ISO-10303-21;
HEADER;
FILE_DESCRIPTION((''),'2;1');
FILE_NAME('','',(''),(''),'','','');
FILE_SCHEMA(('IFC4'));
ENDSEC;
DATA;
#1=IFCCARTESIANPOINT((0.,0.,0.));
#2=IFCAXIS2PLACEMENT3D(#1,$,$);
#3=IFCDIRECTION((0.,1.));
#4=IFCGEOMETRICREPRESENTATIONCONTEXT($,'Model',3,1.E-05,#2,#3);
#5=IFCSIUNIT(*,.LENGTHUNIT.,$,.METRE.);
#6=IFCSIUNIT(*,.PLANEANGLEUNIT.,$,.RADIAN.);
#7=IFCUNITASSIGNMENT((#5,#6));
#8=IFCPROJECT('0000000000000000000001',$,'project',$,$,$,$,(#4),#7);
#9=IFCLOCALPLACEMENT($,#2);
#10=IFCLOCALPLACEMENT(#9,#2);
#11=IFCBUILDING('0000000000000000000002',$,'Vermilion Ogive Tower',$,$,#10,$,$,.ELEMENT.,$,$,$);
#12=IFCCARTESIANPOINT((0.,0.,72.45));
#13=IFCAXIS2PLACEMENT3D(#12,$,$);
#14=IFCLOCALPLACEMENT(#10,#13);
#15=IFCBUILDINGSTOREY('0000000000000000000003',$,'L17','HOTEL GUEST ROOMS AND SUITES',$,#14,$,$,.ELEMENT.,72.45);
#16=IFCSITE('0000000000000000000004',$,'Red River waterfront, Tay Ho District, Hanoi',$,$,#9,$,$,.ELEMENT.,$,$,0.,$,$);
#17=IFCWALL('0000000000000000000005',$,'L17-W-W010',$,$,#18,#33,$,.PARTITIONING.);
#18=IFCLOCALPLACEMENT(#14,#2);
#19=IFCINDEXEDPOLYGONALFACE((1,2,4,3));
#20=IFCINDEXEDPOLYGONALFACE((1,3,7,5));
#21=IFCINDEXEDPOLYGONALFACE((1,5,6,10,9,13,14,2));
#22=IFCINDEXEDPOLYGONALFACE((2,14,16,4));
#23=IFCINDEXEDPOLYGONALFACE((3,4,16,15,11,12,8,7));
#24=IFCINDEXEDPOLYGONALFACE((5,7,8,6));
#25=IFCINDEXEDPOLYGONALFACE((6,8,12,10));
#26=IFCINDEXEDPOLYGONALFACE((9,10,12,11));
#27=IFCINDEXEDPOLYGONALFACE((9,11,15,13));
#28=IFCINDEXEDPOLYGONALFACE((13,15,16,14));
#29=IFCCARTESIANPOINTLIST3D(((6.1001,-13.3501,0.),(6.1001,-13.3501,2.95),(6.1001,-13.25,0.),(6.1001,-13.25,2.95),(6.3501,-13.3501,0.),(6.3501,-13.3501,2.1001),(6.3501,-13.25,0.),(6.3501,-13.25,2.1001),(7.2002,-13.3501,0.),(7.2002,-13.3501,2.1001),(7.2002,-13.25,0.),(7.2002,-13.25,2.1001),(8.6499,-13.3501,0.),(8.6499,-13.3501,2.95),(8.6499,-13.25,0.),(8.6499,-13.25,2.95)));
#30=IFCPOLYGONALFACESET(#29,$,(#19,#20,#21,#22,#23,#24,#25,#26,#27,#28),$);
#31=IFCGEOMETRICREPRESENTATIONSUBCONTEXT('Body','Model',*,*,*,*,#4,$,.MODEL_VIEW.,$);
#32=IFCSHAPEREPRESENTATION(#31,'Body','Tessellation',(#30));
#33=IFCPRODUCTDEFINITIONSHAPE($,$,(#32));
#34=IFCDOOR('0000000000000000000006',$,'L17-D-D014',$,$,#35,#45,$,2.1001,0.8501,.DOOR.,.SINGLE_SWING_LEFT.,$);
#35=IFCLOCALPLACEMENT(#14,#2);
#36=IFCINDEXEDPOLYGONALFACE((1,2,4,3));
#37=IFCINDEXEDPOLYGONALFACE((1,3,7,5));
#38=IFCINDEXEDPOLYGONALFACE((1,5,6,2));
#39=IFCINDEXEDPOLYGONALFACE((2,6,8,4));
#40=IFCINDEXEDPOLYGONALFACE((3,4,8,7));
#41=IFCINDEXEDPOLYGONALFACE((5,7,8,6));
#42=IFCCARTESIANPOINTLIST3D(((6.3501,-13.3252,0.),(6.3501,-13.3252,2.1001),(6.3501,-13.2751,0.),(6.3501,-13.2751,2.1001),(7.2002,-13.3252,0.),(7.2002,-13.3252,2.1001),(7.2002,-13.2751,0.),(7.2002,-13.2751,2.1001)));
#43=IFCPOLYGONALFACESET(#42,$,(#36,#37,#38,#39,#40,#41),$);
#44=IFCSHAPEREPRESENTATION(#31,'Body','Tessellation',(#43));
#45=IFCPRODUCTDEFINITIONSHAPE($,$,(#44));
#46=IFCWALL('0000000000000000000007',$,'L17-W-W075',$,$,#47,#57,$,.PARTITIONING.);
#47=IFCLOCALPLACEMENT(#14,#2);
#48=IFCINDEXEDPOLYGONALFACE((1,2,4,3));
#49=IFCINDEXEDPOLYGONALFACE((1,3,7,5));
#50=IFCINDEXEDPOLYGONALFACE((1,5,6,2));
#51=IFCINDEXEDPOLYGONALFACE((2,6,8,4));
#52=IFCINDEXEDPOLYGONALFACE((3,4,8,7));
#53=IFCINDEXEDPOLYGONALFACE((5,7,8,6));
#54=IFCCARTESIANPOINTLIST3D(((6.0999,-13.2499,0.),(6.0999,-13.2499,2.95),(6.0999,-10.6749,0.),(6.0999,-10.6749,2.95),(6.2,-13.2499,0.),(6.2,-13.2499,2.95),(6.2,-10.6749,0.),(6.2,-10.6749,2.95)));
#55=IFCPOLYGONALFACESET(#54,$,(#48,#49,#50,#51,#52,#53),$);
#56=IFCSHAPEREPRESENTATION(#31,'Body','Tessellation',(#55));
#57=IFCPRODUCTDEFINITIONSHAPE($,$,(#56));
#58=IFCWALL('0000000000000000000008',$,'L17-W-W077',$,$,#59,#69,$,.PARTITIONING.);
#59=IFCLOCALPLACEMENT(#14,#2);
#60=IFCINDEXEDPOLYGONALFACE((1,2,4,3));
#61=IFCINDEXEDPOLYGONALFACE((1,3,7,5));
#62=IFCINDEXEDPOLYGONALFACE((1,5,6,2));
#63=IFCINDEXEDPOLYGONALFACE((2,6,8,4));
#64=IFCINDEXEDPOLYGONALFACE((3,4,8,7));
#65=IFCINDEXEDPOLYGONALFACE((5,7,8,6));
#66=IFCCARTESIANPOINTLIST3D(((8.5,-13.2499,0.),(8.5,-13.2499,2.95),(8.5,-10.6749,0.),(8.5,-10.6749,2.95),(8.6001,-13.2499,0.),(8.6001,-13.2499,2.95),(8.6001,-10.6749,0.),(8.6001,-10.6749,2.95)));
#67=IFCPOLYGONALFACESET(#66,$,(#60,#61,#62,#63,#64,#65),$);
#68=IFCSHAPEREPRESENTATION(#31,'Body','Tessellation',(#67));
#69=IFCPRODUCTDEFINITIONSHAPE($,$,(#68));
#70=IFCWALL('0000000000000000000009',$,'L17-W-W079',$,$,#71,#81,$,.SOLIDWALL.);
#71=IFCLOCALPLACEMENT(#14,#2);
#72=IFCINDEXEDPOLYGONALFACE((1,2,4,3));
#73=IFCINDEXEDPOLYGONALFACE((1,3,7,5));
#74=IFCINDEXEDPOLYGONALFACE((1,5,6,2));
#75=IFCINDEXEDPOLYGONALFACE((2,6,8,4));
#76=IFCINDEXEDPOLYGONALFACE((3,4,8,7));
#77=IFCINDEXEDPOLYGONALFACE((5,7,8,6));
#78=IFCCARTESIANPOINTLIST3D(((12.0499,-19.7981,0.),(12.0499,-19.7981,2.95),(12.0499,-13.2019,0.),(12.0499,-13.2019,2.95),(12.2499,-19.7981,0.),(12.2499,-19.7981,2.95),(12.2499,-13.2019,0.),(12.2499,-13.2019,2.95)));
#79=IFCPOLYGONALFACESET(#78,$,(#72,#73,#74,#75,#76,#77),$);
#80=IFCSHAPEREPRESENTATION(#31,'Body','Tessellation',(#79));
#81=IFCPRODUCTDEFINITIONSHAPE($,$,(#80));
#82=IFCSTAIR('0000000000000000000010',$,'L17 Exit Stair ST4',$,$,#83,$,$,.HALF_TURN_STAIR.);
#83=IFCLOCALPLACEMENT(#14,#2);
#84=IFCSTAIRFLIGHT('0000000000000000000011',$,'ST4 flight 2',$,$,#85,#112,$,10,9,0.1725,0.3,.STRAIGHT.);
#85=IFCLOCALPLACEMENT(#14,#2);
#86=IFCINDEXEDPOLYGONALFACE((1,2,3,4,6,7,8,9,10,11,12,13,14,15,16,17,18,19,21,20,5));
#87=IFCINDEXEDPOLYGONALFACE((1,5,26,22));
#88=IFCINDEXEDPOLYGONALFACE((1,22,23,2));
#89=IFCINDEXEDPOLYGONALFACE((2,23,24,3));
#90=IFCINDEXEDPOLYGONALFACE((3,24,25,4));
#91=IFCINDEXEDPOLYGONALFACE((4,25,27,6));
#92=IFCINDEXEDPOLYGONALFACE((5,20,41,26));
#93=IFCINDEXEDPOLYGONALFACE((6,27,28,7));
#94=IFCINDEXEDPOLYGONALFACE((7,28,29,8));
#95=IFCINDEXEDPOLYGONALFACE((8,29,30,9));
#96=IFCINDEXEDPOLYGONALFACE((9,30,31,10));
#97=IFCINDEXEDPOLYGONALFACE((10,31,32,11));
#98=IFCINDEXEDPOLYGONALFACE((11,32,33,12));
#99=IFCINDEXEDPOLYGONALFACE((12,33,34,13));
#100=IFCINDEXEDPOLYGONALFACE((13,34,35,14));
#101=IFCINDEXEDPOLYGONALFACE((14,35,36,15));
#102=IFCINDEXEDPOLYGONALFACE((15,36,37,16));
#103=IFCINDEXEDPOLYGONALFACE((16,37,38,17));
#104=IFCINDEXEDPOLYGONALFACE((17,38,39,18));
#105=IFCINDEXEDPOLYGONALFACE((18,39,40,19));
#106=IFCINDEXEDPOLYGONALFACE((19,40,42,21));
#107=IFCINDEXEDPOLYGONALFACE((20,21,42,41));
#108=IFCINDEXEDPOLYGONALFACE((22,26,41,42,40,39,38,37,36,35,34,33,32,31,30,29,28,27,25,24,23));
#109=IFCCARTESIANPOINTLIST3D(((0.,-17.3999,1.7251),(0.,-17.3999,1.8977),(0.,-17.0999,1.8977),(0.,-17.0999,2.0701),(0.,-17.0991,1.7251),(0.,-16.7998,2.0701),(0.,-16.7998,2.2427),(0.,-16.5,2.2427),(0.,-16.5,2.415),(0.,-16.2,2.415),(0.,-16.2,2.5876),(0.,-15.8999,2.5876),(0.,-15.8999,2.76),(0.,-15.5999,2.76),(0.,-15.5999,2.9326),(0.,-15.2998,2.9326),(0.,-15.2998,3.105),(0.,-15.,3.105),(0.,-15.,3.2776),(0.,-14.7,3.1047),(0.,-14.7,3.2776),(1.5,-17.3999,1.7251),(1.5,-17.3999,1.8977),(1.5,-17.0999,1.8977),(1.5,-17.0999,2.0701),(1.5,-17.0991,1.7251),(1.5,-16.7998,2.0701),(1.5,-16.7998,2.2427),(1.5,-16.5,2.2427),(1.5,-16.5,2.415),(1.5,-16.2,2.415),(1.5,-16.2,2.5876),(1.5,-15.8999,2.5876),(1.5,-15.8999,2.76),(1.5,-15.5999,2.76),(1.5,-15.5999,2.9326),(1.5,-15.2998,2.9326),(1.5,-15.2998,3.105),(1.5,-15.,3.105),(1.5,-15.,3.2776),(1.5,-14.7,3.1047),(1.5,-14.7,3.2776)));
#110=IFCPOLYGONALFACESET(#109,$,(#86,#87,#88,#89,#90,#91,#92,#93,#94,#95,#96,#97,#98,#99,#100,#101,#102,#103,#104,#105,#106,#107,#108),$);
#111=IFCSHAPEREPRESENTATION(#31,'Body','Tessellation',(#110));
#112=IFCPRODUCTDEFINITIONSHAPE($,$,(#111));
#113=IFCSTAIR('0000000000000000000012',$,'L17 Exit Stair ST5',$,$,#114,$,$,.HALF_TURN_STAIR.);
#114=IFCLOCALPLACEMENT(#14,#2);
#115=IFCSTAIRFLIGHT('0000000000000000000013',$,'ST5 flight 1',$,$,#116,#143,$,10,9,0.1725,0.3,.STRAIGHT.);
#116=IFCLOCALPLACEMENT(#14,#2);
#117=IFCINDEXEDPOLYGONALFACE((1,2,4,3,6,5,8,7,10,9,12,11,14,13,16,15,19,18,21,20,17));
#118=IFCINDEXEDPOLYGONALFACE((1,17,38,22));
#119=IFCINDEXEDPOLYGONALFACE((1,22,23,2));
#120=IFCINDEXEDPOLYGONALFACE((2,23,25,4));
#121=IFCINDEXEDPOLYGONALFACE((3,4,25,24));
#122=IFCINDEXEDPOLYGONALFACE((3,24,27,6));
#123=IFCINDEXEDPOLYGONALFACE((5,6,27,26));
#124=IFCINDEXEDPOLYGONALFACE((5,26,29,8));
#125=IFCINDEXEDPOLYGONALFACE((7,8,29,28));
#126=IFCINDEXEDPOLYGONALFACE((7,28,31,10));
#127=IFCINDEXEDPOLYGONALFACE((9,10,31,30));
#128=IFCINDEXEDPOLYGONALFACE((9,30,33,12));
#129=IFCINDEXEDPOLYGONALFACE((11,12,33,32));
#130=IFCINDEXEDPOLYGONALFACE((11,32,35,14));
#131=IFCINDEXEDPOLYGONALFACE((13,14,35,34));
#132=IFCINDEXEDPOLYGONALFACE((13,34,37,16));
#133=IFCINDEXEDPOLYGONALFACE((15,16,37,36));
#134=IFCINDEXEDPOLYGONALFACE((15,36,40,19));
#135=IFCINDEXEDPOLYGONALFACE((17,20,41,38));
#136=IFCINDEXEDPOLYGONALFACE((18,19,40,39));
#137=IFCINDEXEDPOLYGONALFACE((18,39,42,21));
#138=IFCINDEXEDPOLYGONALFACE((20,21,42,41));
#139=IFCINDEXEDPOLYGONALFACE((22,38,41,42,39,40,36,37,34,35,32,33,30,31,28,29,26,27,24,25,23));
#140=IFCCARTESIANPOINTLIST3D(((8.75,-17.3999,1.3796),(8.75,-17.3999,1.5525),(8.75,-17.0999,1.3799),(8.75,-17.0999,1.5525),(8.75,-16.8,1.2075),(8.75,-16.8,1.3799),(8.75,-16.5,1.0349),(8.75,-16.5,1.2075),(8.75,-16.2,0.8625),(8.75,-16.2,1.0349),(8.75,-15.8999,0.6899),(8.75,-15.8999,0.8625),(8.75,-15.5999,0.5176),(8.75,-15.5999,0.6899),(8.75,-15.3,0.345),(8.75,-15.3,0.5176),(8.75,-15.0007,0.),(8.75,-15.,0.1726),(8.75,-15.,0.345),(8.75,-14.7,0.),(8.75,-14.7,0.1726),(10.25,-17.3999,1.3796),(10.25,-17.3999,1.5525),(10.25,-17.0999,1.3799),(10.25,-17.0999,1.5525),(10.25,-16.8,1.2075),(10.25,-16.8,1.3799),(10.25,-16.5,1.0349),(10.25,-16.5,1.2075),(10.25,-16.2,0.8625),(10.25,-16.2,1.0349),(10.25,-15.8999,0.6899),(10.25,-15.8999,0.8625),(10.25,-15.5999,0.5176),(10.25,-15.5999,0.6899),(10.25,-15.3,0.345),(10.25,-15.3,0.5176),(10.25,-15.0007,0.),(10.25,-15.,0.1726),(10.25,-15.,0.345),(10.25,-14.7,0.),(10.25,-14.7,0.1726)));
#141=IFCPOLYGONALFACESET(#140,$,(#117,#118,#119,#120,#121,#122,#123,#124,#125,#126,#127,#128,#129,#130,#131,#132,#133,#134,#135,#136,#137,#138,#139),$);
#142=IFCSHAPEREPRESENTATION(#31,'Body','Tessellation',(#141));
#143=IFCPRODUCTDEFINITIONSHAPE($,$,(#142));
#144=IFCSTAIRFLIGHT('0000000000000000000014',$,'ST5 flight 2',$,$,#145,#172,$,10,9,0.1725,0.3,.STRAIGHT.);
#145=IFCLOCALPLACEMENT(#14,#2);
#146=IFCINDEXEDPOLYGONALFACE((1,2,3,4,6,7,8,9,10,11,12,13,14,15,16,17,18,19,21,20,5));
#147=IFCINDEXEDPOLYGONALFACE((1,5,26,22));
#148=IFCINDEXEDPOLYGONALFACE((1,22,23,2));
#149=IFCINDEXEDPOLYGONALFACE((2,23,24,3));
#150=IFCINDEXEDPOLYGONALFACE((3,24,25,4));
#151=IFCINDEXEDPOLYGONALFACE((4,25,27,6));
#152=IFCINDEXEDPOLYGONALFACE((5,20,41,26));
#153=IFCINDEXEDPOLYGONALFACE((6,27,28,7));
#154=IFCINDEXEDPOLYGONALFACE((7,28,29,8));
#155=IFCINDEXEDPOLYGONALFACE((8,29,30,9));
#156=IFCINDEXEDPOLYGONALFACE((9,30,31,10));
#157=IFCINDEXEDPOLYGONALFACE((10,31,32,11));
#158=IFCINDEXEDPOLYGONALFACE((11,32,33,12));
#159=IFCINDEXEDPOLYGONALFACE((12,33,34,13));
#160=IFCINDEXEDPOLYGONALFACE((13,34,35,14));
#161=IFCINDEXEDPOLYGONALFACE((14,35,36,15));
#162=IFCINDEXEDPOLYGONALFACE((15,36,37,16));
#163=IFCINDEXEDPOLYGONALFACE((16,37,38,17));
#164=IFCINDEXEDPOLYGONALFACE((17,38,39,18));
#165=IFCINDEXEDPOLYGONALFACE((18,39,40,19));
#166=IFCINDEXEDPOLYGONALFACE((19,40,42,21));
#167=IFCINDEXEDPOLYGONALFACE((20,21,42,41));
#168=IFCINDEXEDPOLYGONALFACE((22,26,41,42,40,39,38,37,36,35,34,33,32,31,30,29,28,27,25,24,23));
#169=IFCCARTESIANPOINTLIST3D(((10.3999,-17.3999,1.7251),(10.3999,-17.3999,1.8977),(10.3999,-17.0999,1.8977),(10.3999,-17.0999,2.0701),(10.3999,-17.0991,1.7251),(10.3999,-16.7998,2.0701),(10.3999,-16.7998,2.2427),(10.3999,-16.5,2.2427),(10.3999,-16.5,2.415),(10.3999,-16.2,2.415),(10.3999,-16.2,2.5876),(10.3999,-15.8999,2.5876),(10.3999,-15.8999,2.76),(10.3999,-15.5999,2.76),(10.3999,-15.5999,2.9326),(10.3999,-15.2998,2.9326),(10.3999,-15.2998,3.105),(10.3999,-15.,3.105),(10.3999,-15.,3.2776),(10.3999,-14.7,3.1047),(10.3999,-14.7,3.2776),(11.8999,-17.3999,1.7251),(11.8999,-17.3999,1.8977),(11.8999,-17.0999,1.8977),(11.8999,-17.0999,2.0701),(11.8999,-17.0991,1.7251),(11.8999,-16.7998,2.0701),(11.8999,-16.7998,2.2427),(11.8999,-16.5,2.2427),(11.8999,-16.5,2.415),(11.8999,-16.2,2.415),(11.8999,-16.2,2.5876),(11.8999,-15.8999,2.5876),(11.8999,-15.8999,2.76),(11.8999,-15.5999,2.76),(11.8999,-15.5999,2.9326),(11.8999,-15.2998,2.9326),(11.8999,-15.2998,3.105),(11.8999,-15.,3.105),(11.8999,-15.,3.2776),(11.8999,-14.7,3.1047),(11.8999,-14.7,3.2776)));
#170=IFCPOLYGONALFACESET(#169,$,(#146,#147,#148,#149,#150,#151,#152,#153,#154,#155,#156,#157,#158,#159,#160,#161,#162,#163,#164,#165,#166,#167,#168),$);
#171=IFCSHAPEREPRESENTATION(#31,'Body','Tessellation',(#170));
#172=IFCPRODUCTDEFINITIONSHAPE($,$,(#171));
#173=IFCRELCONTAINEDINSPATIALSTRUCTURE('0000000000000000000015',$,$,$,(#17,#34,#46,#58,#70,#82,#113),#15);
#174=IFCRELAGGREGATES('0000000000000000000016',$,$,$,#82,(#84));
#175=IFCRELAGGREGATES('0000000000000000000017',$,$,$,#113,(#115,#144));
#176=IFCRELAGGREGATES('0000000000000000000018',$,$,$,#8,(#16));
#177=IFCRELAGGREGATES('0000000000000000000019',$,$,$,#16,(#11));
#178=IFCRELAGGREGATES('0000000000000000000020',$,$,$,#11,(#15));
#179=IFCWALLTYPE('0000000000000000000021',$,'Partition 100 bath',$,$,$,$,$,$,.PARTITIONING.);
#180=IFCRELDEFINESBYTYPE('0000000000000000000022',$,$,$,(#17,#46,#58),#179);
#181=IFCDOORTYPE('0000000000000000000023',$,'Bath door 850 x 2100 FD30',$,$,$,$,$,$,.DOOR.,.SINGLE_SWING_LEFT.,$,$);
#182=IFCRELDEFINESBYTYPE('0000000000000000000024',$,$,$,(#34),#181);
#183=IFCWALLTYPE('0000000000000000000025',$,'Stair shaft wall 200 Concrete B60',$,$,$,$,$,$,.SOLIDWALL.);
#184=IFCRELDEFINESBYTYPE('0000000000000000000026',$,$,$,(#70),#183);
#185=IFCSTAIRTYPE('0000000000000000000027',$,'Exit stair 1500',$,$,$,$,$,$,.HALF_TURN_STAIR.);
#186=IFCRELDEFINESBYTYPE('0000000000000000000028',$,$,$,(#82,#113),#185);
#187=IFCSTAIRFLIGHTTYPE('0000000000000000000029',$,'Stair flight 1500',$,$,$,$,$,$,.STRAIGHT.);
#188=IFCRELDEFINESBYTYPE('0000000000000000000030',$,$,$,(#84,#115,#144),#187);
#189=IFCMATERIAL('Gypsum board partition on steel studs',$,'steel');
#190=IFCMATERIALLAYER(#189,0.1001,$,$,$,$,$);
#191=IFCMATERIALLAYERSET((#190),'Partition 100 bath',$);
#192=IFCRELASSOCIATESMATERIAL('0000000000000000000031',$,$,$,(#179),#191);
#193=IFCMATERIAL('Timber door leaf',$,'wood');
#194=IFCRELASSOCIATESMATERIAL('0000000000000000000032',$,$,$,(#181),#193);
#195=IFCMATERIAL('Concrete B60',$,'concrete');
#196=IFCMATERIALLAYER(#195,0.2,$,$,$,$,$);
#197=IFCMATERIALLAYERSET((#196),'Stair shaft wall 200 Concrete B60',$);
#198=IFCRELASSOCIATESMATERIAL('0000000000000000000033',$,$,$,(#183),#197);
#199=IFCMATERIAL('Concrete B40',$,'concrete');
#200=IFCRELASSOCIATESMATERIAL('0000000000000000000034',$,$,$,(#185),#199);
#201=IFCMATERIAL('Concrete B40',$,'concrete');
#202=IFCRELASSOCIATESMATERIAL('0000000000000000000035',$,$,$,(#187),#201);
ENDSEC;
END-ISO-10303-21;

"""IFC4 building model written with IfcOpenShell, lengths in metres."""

from ifc_helpers import new_model, si_unit, direction, frame, frame_2d, origin, place, context, subcontext, project, spatial, polyline, rectangle, outline, extrude, material, layer, layer_set, type_object, element, fill, aggregate, save


model = new_model("IFC4")

# Units and contexts
model_context = context("Model", 3, precision=1e-05, world=origin(), true_north=direction((0.0, 1.0)))
body_context = subcontext(model_context, "Body", "Model", "MODEL_VIEW")
ifc_project = project(units=[si_unit("LENGTHUNIT", "METRE"), si_unit("PLANEANGLEUNIT", "RADIAN")], contexts=[model_context])

# Site, building, storey
site_placement = place(None, origin())
site = spatial("IfcSite", under=ifc_project, at=site_placement, Name="Red River waterfront, Tay Ho District, Hanoi", CompositionType="ELEMENT", RefElevation=0.0)
building_placement = place(site_placement, origin())
building = spatial("IfcBuilding", under=site, at=building_placement, Name="Vermilion Ogive Tower", CompositionType="ELEMENT")
storey_placement = place(building_placement, frame((0.0, 0.0, 72.45)))
storey = spatial("IfcBuildingStorey", under=building, at=storey_placement, Name="L17", Description="HOTEL GUEST ROOMS AND SUITES", CompositionType="ELEMENT", Elevation=72.45)

# Wall, opening, door
ifc_material_1 = material(Name="Gypsum board partition on steel studs", Category="steel")
ifc_layer_1 = layer(ifc_material_1, 0.1001)
ifc_layer_set_1 = layer_set([ifc_layer_1], Name="Partition 100 bath")
wall_type_1 = type_object("IfcWallType", Name="Partition 100 bath", PredefinedType="PARTITIONING", material=ifc_layer_set_1)
wall_1_placement = place(storey_placement, frame((6.1001, -13.3, 0.0), z_axis=(0.0, 0.0, 1.0), x_axis=(1.0, 0.0, 0.0)))
wall_1 = element("IfcWall", 1, at=wall_1_placement, inside=storey, type_object=wall_type_1, Name="L17-W-W010", PredefinedType="PARTITIONING", context=body_context, shape_type="SweptSolid", body=[
    extrude(rectangle(XDim=2.5498, YDim=0.1001, at=frame_2d((1.2749, 0.0))), origin(), (0.0, 0.0, 1.0), 2.95),
])
opening_placement = place(wall_1_placement, frame((0.25, 0.0, 0.0)))
opening = element("IfcOpeningElement", 2, at=opening_placement, cuts=wall_1, PredefinedType="OPENING", context=body_context, shape_type="SweptSolid", body=[
    extrude(rectangle(XDim=0.8501, YDim=2.1001, at=frame_2d((0.425, 1.05))), frame((0.0, 0.0601, 0.0), z_axis=(0.0, -1.0, 0.0), x_axis=(1.0, 0.0, 0.0)), (0.0, 0.0, 1.0), 0.1201),
])
ifc_material_2 = material(Name="Timber door leaf", Category="wood")
door_type = type_object("IfcDoorType", Name="Bath door 850 x 2100 FD30", OperationType="SINGLE_SWING_LEFT", PredefinedType="DOOR", material=ifc_material_2)
door_placement = place(opening_placement, origin())
door = element("IfcDoor", 3, at=door_placement, inside=storey, type_object=door_type, Name="L17-D-D014", OperationType="SINGLE_SWING_LEFT", OverallHeight=2.1001, OverallWidth=0.8501, PredefinedType="DOOR", context=body_context, shape_type="SweptSolid", body=[
    extrude(rectangle(XDim=0.8501, YDim=2.1001, at=frame_2d((0.425, 1.05))), frame((0.0, 0.0249, 0.0), z_axis=(0.0, -1.0, 0.0), x_axis=(1.0, 0.0, 0.0)), (0.0, 0.0, 1.0), 0.05),
])
fill(opening, door)

# Walls
for number, where, z_axis, x_axis, name in (
    (4, (6.1499, -13.25, 0.0), (0.0, 0.0, 1.0), (0.0, 1.0, 0.0), "L17-W-W075"),
    (5, (8.55, -13.25, 0.0), (0.0, 0.0, 1.0), (0.0, 1.0, 0.0), "L17-W-W077"),
):
    element("IfcWall", number, at=place(storey_placement, frame(where, z_axis=z_axis, x_axis=x_axis)), inside=storey, type_object=wall_type_1, Name=name, PredefinedType="PARTITIONING", context=body_context, shape_type="SweptSolid", body=[
        extrude(rectangle(XDim=2.575, YDim=0.1001, at=frame_2d((1.2876, 0.0))), origin(), (0.0, 0.0, 1.0), 2.95),
    ])
ifc_material_3 = material(Name="Concrete B60", Category="concrete")
ifc_layer_2 = layer(ifc_material_3, 0.2)
ifc_layer_set_2 = layer_set([ifc_layer_2], Name="Stair shaft wall 200 Concrete B60")
wall_type_2 = type_object("IfcWallType", Name="Stair shaft wall 200 Concrete B60", PredefinedType="SOLIDWALL", material=ifc_layer_set_2)
wall_2_placement = place(storey_placement, frame((12.1499, -19.7981, 0.0), z_axis=(0.0, 0.0, 1.0), x_axis=(0.0, 1.0, 0.0)))
element("IfcWall", 6, at=wall_2_placement, inside=storey, type_object=wall_type_2, Name="L17-W-W079", PredefinedType="SOLIDWALL", context=body_context, shape_type="SweptSolid", body=[
    extrude(rectangle(XDim=6.5962, YDim=0.2, at=frame_2d((3.2981, 0.0))), origin(), (0.0, 0.0, 1.0), 2.95),
])

# Stair, stair flight
ifc_material_4 = material(Name="Concrete B40", Category="concrete")
stair_type = type_object("IfcStairType", Name="Exit stair 1500", PredefinedType="HALF_TURN_STAIR", material=ifc_material_4)
stair_1_placement = place(storey_placement, origin())
stair_1 = element("IfcStair", 7, at=stair_1_placement, inside=storey, type_object=stair_type, Name="L17 Exit Stair ST4", PredefinedType="HALF_TURN_STAIR")
ifc_material_5 = material(Name="Concrete B40", Category="concrete")
stair_flight_type = type_object("IfcStairFlightType", Name="Stair flight 1500", PredefinedType="STRAIGHT", material=ifc_material_5)
stair_flight_1_placement = place(storey_placement, frame((0.75, -17.3999, 1.7251), z_axis=(0.0, 0.0, 1.0), x_axis=(0.0, 1.0, 0.0)))
stair_flight_1 = element("IfcStairFlight", 8, at=stair_flight_1_placement, type_object=stair_flight_type, Name="ST4 flight 2", NumberOfRisers=10, NumberOfTreads=9, PredefinedType="STRAIGHT", RiserHeight=0.1725, TreadLength=0.3, context=body_context, shape_type="SweptSolid", body=[
    extrude(outline(polyline([(0.0, 0.0), (0.0, 0.1726), (0.3, 0.1726), (0.3, 0.345), (0.6001, 0.345), (0.6001, 0.5176), (0.8999, 0.5176), (0.8999, 0.6899), (1.2, 0.6899), (1.2, 0.8625), (1.5, 0.8625), (1.5, 1.0349), (1.8, 1.0349), (1.8, 1.2075), (2.1001, 1.2075), (2.1001, 1.3799), (2.3999, 1.3799), (2.3999, 1.5525), (2.7, 1.5525), (2.7, 1.7251), (2.7, 1.3796), (0.3008, 0.0), (0.0, 0.0)])), frame((0.0, 0.75, 0.0), z_axis=(0.0, -1.0, 0.0), x_axis=(1.0, 0.0, 0.0)), (0.0, 0.0, 1.0), 1.5),
])
aggregate(stair_1, [stair_flight_1])

# Stair, stair flights
stair_2_placement = place(storey_placement, origin())
stair_2 = element("IfcStair", 9, at=stair_2_placement, inside=storey, type_object=stair_type, Name="L17 Exit Stair ST5", PredefinedType="HALF_TURN_STAIR")
stair_flight_2_placement = place(storey_placement, frame((9.5, -14.7, 0.0), z_axis=(0.0, 0.0, 1.0), x_axis=(0.0, -1.0, 0.0)))
stair_flight_2 = element("IfcStairFlight", 10, at=stair_flight_2_placement, type_object=stair_flight_type, Name="ST5 flight 1", NumberOfRisers=10, NumberOfTreads=9, PredefinedType="STRAIGHT", RiserHeight=0.1725, TreadLength=0.3, context=body_context, shape_type="SweptSolid", body=[
    extrude(outline(polyline([(0.0, 0.0), (0.0, 0.1726), (0.3, 0.1726), (0.3, 0.345), (0.6001, 0.345), (0.6001, 0.5176), (0.8999, 0.5176), (0.8999, 0.6899), (1.2, 0.6899), (1.2, 0.8625), (1.5, 0.8625), (1.5, 1.0349), (1.8, 1.0349), (1.8, 1.2075), (2.1001, 1.2075), (2.1001, 1.3799), (2.3999, 1.3799), (2.3999, 1.5525), (2.7, 1.5525), (2.7, 1.7251), (2.7, 1.3796), (0.3008, 0.0), (0.0, 0.0)])), frame((0.0, 0.75, 0.0), z_axis=(0.0, -1.0, 0.0), x_axis=(1.0, 0.0, 0.0)), (0.0, 0.0, 1.0), 1.5),
])
stair_flight_3_placement = place(storey_placement, frame((11.1499, -17.3999, 1.7251), z_axis=(0.0, 0.0, 1.0), x_axis=(0.0, 1.0, 0.0)))
stair_flight_3 = element("IfcStairFlight", 11, at=stair_flight_3_placement, type_object=stair_flight_type, Name="ST5 flight 2", NumberOfRisers=10, NumberOfTreads=9, PredefinedType="STRAIGHT", RiserHeight=0.1725, TreadLength=0.3, context=body_context, shape_type="SweptSolid", body=[
    extrude(outline(polyline([(0.0, 0.0), (0.0, 0.1726), (0.3, 0.1726), (0.3, 0.345), (0.6001, 0.345), (0.6001, 0.5176), (0.8999, 0.5176), (0.8999, 0.6899), (1.2, 0.6899), (1.2, 0.8625), (1.5, 0.8625), (1.5, 1.0349), (1.8, 1.0349), (1.8, 1.2075), (2.1001, 1.2075), (2.1001, 1.3799), (2.3999, 1.3799), (2.3999, 1.5525), (2.7, 1.5525), (2.7, 1.7251), (2.7, 1.3796), (0.3008, 0.0), (0.0, 0.0)])), frame((0.0, 0.75, 0.0), z_axis=(0.0, -1.0, 0.0), x_axis=(1.0, 0.0, 0.0)), (0.0, 0.0, 1.0), 1.5),
])
aggregate(stair_2, [stair_flight_2, stair_flight_3])

save(model, "model.ifc")
